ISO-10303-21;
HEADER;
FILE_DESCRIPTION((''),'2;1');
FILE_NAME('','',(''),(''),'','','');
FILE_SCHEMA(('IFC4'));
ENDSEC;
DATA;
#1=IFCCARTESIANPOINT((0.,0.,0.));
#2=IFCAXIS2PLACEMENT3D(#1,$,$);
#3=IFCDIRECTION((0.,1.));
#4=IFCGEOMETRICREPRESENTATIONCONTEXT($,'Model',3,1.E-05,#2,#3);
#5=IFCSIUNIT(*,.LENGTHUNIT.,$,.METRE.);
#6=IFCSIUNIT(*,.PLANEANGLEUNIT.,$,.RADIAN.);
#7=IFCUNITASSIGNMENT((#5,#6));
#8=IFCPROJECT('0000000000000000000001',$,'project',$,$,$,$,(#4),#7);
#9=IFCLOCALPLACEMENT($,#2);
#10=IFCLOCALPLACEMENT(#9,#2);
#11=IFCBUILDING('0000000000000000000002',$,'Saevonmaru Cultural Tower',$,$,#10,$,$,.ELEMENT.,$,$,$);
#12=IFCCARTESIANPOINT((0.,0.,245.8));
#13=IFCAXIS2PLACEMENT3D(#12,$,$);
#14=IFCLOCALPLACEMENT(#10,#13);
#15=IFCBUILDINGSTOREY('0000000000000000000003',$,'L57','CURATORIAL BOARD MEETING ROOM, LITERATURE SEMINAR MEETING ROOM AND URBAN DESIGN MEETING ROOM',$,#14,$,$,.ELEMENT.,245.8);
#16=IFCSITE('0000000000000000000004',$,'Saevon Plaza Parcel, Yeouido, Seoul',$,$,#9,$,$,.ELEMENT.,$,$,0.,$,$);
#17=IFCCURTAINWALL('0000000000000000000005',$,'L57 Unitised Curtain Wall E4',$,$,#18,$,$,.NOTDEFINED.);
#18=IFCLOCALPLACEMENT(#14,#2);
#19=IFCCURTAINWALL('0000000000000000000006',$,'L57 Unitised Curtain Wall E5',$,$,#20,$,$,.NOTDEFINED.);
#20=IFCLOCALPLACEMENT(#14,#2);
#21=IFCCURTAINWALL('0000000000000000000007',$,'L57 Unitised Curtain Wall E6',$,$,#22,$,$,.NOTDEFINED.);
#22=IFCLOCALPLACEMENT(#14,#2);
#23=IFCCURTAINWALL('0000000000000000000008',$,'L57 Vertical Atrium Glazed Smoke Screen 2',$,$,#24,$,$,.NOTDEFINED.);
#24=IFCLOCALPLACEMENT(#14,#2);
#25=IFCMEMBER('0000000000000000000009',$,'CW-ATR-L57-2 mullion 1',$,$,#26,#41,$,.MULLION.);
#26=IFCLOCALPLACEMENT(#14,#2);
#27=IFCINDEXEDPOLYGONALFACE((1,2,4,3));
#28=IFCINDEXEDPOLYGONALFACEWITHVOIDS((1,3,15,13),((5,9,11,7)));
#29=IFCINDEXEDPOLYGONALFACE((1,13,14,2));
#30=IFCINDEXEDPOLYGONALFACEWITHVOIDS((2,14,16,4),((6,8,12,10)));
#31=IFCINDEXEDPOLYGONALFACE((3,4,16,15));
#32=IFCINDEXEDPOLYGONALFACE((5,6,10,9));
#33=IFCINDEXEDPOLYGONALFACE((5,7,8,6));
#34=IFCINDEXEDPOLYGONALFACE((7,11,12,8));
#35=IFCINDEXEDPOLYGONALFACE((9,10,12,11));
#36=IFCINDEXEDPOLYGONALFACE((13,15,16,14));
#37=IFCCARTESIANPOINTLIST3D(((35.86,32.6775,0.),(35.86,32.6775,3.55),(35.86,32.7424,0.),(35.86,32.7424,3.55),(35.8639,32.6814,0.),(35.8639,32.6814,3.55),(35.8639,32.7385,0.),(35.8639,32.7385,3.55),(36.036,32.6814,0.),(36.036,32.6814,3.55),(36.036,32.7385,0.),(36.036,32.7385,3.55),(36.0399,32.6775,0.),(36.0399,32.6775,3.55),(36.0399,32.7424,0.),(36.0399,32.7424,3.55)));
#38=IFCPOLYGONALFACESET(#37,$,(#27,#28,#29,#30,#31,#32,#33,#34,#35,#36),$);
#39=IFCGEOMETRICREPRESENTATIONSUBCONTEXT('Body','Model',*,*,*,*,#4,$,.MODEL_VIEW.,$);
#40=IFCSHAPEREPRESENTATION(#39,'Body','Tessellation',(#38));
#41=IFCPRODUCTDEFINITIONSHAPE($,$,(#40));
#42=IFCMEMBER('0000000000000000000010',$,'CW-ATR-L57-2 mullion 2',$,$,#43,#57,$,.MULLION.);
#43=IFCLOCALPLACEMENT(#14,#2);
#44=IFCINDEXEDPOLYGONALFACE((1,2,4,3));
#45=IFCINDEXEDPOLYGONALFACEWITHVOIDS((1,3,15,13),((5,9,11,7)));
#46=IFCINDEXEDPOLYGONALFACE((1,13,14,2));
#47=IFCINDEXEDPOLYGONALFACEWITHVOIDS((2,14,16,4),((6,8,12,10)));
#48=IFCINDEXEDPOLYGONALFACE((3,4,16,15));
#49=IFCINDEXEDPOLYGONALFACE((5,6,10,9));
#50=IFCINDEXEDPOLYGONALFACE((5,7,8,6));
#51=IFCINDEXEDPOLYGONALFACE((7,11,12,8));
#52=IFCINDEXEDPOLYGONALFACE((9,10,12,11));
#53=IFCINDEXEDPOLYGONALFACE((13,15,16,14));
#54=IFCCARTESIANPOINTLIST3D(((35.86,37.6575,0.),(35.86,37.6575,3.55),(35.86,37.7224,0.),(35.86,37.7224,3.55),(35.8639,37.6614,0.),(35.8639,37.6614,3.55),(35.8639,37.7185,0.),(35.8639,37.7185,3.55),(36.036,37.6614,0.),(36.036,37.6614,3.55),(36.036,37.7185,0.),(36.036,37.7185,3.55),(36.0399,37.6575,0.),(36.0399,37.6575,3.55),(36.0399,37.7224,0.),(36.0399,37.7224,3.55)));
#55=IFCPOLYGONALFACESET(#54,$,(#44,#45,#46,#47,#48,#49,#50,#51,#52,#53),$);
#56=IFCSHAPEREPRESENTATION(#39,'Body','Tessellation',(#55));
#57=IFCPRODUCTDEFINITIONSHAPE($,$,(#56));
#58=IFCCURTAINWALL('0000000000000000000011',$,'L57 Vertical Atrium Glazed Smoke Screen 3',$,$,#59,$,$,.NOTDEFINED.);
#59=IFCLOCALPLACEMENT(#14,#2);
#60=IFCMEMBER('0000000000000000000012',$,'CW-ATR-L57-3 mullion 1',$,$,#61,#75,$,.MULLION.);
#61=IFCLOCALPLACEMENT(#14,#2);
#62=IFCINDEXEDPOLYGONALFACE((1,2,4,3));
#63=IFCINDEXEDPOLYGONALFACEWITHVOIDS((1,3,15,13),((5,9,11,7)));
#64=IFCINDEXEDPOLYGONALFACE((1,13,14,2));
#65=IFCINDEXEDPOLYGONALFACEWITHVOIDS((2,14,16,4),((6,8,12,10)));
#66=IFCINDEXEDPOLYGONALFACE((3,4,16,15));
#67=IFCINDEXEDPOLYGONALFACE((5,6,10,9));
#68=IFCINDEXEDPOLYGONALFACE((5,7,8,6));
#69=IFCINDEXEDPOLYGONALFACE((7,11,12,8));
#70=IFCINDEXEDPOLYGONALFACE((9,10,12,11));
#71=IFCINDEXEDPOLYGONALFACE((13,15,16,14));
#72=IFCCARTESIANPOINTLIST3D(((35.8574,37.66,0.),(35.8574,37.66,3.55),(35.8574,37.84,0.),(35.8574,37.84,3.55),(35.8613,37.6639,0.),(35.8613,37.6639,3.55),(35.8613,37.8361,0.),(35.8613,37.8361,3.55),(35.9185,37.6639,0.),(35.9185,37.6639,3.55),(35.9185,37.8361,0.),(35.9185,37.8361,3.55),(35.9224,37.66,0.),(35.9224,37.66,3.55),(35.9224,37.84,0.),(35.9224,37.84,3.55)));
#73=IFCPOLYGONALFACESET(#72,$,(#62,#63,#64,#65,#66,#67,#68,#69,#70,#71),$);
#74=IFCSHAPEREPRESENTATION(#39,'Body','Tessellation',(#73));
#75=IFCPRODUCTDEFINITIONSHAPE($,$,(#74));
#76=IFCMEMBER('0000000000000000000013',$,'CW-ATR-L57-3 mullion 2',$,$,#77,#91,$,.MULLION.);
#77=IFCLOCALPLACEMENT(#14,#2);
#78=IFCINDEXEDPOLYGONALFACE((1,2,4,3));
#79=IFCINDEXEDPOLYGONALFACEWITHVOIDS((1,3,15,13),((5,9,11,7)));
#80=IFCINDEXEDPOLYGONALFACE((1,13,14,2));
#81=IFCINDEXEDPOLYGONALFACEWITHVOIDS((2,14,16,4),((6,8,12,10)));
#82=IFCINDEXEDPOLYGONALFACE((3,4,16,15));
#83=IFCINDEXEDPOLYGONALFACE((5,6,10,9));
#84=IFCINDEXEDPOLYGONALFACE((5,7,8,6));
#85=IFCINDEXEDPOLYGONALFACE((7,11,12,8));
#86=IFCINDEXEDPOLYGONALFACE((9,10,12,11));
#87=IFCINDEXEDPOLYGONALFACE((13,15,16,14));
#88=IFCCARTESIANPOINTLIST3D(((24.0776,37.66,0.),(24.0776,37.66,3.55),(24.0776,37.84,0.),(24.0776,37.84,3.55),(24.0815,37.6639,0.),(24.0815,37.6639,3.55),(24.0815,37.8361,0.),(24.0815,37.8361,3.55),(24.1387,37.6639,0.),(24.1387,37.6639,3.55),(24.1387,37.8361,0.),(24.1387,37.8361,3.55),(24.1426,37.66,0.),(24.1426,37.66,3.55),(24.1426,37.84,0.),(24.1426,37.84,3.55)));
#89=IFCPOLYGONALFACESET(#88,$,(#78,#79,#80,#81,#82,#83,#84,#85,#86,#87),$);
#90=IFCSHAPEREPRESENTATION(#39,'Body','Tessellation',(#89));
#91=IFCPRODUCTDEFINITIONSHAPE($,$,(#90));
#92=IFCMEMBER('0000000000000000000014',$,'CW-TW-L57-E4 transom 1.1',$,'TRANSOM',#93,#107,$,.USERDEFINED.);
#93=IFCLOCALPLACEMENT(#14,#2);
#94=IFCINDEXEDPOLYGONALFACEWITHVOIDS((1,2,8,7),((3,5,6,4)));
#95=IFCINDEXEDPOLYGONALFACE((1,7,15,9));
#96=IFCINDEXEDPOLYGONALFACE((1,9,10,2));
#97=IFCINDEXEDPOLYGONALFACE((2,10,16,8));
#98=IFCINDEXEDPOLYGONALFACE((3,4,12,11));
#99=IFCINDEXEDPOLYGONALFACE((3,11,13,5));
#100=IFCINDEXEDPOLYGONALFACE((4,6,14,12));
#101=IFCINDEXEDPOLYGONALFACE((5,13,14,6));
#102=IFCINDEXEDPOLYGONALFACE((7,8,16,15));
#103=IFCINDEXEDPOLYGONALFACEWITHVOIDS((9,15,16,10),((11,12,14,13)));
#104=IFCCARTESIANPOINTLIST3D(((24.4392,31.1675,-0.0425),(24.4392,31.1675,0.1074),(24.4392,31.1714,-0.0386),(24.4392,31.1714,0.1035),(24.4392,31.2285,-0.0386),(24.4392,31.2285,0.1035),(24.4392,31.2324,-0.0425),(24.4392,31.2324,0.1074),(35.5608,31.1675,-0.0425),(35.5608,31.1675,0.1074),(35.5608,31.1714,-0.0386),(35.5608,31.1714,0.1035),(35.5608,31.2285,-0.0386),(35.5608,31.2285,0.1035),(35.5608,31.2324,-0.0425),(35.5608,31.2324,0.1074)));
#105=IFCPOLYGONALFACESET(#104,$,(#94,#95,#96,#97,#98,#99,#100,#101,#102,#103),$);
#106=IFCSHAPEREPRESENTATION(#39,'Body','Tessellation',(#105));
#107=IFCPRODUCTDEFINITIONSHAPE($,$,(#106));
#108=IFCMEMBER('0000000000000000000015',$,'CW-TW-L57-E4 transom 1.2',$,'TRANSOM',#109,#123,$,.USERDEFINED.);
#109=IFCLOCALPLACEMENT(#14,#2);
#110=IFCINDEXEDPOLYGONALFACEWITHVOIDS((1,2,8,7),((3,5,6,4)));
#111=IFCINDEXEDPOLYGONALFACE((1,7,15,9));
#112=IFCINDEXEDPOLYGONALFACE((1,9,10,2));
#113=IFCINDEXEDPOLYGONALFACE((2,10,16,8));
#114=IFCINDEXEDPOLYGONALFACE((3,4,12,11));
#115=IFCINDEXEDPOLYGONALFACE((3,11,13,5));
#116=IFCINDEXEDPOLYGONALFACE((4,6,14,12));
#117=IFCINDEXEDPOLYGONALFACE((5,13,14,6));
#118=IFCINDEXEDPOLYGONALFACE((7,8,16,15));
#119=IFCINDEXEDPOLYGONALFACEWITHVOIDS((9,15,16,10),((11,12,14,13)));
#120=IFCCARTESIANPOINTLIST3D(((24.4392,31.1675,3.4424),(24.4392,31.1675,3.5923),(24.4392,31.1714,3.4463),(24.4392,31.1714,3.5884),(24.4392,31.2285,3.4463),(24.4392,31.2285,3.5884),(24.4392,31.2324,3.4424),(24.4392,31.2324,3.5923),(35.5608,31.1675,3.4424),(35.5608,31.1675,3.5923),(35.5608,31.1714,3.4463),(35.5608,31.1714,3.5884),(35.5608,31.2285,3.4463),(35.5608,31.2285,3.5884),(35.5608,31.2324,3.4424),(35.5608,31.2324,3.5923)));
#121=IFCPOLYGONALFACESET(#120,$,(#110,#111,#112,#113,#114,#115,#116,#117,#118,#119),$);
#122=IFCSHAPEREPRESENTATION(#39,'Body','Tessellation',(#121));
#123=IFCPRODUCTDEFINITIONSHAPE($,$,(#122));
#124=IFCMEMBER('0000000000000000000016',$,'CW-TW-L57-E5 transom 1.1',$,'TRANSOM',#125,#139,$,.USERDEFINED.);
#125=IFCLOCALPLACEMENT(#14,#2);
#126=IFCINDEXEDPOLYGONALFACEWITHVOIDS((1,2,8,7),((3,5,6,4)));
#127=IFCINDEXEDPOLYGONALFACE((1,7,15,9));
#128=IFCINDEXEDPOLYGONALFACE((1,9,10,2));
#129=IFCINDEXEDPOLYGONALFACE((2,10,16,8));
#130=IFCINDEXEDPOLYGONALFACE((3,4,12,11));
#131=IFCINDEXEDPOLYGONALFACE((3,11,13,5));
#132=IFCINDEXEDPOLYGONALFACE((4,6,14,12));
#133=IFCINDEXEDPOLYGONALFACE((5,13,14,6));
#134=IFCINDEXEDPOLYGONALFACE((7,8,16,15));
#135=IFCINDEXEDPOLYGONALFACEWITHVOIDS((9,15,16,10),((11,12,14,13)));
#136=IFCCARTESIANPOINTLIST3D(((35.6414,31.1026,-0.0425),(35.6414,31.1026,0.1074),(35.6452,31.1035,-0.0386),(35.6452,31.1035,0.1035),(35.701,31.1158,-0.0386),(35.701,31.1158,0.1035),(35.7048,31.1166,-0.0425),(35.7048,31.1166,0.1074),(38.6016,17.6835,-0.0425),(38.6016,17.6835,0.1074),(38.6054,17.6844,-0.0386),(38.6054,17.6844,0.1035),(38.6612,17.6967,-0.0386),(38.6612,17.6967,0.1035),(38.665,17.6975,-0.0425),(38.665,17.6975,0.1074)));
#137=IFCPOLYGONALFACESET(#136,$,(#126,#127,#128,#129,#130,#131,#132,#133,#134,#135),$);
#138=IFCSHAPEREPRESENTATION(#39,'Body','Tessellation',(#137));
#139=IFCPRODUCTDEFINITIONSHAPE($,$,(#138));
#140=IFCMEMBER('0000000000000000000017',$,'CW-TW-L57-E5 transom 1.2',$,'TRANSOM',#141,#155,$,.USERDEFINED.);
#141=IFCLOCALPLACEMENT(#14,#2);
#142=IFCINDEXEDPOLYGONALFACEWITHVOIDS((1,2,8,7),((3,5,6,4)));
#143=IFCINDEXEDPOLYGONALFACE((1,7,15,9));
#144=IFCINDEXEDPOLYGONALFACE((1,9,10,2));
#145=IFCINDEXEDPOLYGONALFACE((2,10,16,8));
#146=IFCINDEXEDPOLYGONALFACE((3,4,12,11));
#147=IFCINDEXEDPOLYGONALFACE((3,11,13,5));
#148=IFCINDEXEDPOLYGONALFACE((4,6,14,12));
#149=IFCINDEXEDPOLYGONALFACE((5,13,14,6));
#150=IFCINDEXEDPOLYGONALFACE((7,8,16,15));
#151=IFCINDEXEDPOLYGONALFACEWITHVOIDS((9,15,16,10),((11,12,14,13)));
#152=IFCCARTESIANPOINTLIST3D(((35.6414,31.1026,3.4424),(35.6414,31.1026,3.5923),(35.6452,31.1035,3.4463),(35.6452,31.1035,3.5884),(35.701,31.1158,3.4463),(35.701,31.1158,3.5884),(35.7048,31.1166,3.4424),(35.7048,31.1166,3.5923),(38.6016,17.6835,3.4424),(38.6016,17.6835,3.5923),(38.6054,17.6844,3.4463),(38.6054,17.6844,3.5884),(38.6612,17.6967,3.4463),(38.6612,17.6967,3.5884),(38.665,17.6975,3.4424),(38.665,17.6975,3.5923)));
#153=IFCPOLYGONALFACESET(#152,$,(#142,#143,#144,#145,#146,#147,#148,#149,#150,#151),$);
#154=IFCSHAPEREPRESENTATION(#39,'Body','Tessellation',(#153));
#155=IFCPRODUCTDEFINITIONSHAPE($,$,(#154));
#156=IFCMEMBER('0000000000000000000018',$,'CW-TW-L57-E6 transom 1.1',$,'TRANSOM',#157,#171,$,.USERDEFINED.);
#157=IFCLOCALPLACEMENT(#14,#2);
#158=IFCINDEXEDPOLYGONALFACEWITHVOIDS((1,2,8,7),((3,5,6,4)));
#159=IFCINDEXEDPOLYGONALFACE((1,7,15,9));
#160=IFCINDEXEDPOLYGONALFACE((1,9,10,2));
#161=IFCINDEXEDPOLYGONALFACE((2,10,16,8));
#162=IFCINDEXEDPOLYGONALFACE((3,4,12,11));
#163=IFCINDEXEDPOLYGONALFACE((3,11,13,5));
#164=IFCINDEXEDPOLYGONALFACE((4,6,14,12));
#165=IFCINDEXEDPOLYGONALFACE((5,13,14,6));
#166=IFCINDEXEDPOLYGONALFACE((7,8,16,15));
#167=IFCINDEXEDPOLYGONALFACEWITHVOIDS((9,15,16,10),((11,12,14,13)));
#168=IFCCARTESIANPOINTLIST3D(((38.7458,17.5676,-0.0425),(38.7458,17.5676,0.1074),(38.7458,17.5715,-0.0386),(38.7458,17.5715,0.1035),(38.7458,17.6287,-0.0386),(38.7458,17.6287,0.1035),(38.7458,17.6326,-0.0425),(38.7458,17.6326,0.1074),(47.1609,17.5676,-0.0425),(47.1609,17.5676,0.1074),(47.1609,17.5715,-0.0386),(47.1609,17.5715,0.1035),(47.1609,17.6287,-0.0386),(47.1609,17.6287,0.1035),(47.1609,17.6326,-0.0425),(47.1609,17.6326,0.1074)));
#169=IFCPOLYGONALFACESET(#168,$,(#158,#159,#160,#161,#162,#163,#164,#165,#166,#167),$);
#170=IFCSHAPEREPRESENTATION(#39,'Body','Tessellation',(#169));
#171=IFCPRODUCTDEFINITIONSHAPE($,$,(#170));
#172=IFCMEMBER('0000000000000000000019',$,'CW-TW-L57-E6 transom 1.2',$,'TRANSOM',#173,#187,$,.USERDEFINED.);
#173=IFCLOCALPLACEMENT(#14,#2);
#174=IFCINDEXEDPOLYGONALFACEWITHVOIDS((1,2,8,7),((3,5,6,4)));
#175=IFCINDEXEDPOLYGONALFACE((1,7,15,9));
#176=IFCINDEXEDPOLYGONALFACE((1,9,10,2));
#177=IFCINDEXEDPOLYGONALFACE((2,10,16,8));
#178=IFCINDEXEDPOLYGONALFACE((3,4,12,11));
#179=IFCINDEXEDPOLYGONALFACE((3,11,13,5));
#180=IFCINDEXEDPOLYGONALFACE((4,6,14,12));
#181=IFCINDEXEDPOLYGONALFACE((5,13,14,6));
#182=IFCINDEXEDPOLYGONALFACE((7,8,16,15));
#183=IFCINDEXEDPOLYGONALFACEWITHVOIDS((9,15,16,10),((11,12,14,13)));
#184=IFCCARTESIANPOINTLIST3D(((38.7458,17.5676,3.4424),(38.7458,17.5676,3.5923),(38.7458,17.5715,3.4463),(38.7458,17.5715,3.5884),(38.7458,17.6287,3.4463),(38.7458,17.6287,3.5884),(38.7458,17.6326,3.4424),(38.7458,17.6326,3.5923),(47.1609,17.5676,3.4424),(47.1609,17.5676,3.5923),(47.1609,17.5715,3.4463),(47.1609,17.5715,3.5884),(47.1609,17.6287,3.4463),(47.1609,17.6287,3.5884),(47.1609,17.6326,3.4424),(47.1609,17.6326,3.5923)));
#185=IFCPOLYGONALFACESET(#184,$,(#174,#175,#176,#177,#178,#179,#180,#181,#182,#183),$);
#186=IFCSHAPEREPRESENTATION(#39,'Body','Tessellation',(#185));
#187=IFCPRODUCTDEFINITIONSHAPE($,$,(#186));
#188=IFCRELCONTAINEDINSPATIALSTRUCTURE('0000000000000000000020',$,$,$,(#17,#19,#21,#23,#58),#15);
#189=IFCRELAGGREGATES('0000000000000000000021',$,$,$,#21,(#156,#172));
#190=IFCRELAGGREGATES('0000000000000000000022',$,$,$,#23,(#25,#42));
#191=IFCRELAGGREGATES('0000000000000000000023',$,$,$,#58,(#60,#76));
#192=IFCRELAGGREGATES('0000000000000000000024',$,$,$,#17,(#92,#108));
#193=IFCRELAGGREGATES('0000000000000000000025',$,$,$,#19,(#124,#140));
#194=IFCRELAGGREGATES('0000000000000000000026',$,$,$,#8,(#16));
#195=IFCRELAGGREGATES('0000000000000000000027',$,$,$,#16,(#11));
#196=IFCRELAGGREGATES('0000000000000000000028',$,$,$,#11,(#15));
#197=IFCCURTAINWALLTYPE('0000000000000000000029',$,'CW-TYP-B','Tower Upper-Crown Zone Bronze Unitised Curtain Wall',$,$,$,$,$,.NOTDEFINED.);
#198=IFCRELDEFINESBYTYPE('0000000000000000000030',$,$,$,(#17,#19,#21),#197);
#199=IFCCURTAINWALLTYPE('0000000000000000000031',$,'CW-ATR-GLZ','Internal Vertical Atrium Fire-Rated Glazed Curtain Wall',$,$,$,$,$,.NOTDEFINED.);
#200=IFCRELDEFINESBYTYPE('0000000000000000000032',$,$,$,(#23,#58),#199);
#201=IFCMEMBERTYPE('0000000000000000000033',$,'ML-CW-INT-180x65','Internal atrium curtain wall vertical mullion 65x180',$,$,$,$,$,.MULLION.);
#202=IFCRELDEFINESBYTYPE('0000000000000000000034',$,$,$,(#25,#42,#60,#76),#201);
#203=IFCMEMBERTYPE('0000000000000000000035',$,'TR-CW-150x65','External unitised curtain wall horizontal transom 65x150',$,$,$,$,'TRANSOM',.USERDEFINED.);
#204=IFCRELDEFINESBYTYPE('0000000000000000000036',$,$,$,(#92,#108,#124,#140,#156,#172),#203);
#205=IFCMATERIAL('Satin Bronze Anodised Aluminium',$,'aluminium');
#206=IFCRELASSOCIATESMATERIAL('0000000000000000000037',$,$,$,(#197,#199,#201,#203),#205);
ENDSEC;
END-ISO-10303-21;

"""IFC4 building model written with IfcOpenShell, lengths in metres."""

from ifc_helpers import new_model, si_unit, direction, frame, origin, origin_2d, place, context, subcontext, project, spatial, hollow_rectangle, extrude, material, material_profile, profile_set, type_object, element, aggregate, save


model = new_model("IFC4")

# Units and contexts
model_context = context("Model", 3, precision=1e-05, world=origin(), true_north=direction((0.0, 1.0)))
body_context = subcontext(model_context, "Body", "Model", "MODEL_VIEW")
ifc_project = project(units=[si_unit("LENGTHUNIT", "METRE"), si_unit("PLANEANGLEUNIT", "RADIAN")], contexts=[model_context])

# Site, building, storey
site_placement = place(None, origin())
site = spatial("IfcSite", under=ifc_project, at=site_placement, Name="Saevon Plaza Parcel, Yeouido, Seoul", CompositionType="ELEMENT", RefElevation=0.0)
building_placement = place(site_placement, origin())
building = spatial("IfcBuilding", under=site, at=building_placement, Name="Saevonmaru Cultural Tower", CompositionType="ELEMENT")
storey_placement = place(building_placement, frame((0.0, 0.0, 245.8)))
storey = spatial("IfcBuildingStorey", under=building, at=storey_placement, Name="L57", Description="CURATORIAL BOARD MEETING ROOM, LITERATURE SEMINAR MEETING ROOM AND URBAN DESIGN MEETING ROOM", CompositionType="ELEMENT", Elevation=245.8)

# Shared definitions
ifc_material_1 = material(Name="Satin Bronze Anodised Aluminium", Category="aluminium")
curtain_wall_type_1 = type_object("IfcCurtainWallType", Name="CW-TYP-B", Description="Tower Upper-Crown Zone Bronze Unitised Curtain Wall", PredefinedType="NOTDEFINED", material=ifc_material_1)

# Curtain walls
curtain_wall_1_placement = place(storey_placement, origin())
curtain_wall_1 = element("IfcCurtainWall", 1, at=curtain_wall_1_placement, inside=storey, type_object=curtain_wall_type_1, Name="L57 Unitised Curtain Wall E4", PredefinedType="NOTDEFINED")
curtain_wall_2_placement = place(storey_placement, origin())
curtain_wall_2 = element("IfcCurtainWall", 2, at=curtain_wall_2_placement, inside=storey, type_object=curtain_wall_type_1, Name="L57 Unitised Curtain Wall E5", PredefinedType="NOTDEFINED")

# Curtain wall
curtain_wall_3_placement = place(storey_placement, origin())
curtain_wall_3 = element("IfcCurtainWall", 3, at=curtain_wall_3_placement, inside=storey, type_object=curtain_wall_type_1, Name="L57 Unitised Curtain Wall E6", PredefinedType="NOTDEFINED")

# Curtain walls, members
curtain_wall_type_2 = type_object("IfcCurtainWallType", Name="CW-ATR-GLZ", Description="Internal Vertical Atrium Fire-Rated Glazed Curtain Wall", PredefinedType="NOTDEFINED", material=ifc_material_1)
ifc_material_profile_1 = material_profile(ifc_material_1, hollow_rectangle(XDim=0.0649, YDim=0.1799, WallThickness=0.0039, at=origin_2d()), Name="ALU-MULL-180x65x4")
ifc_profile_set_1 = profile_set([ifc_material_profile_1], Name="Satin Bronze Anodised Aluminium")
member_type_1 = type_object("IfcMemberType", Name="ML-CW-INT-180x65", Description="Internal atrium curtain wall vertical mullion 65x180", PredefinedType="MULLION", material=ifc_profile_set_1)
curtain_wall_4_placement = place(storey_placement, origin())
curtain_wall_4 = element("IfcCurtainWall", 4, at=curtain_wall_4_placement, inside=storey, type_object=curtain_wall_type_2, Name="L57 Vertical Atrium Glazed Smoke Screen 2", PredefinedType="NOTDEFINED")
member_1_placement = place(storey_placement, frame((35.95, 32.71, 0.0), z_axis=(0.0, 0.0, 1.0), x_axis=(0.0, 1.0, 0.0)))
member_1 = element("IfcMember", 5, at=member_1_placement, type_object=member_type_1, Name="CW-ATR-L57-2 mullion 1", PredefinedType="MULLION", context=body_context, shape_type="SweptSolid", body=[
    extrude(hollow_rectangle(XDim=0.0649, YDim=0.1799, WallThickness=0.0039, at=origin_2d()), origin(), (0.0, 0.0, 1.0), 3.55),
])
member_2_placement = place(storey_placement, frame((35.95, 37.6899, 0.0), z_axis=(0.0, 0.0, 1.0), x_axis=(0.0, 1.0, 0.0)))
member_2 = element("IfcMember", 6, at=member_2_placement, type_object=member_type_1, Name="CW-ATR-L57-2 mullion 2", PredefinedType="MULLION", context=body_context, shape_type="SweptSolid", body=[
    extrude(hollow_rectangle(XDim=0.0649, YDim=0.1799, WallThickness=0.0039, at=origin_2d()), origin(), (0.0, 0.0, 1.0), 3.55),
])
curtain_wall_5_placement = place(storey_placement, origin())
curtain_wall_5 = element("IfcCurtainWall", 7, at=curtain_wall_5_placement, inside=storey, type_object=curtain_wall_type_2, Name="L57 Vertical Atrium Glazed Smoke Screen 3", PredefinedType="NOTDEFINED")
member_3_placement = place(storey_placement, frame((35.8899, 37.75, 0.0), z_axis=(0.0, 0.0, 1.0), x_axis=(-1.0, 0.0, 0.0)))
member_3 = element("IfcMember", 8, at=member_3_placement, type_object=member_type_1, Name="CW-ATR-L57-3 mullion 1", PredefinedType="MULLION", context=body_context, shape_type="SweptSolid", body=[
    extrude(hollow_rectangle(XDim=0.0649, YDim=0.1799, WallThickness=0.0039, at=origin_2d()), origin(), (0.0, 0.0, 1.0), 3.55),
])
member_4_placement = place(storey_placement, frame((24.1101, 37.75, 0.0), z_axis=(0.0, 0.0, 1.0), x_axis=(-1.0, 0.0, 0.0)))
member_4 = element("IfcMember", 9, at=member_4_placement, type_object=member_type_1, Name="CW-ATR-L57-3 mullion 2", PredefinedType="MULLION", context=body_context, shape_type="SweptSolid", body=[
    extrude(hollow_rectangle(XDim=0.0649, YDim=0.1799, WallThickness=0.0039, at=origin_2d()), origin(), (0.0, 0.0, 1.0), 3.55),
])

# Members
ifc_material_profile_2 = material_profile(ifc_material_1, hollow_rectangle(XDim=0.0649, YDim=0.1499, WallThickness=0.0039, at=origin_2d()), Name="ALU-TRAN-150x65x4")
ifc_profile_set_2 = profile_set([ifc_material_profile_2], Name="Satin Bronze Anodised Aluminium")
member_type_2 = type_object("IfcMemberType", Name="TR-CW-150x65", Description="External unitised curtain wall horizontal transom 65x150", ElementType="TRANSOM", PredefinedType="USERDEFINED", material=ifc_profile_set_2)
member_5_placement = place(storey_placement, frame((24.4392, 31.2, 0.0325), z_axis=(1.0, 0.0, 0.0), x_axis=(0.0, 1.0, 0.0)))
member_5 = element("IfcMember", 10, at=member_5_placement, type_object=member_type_2, Name="CW-TW-L57-E4 transom 1.1", ObjectType="TRANSOM", PredefinedType="USERDEFINED", context=body_context, shape_type="SweptSolid", body=[
    extrude(hollow_rectangle(XDim=0.0649, YDim=0.1499, WallThickness=0.0039, at=origin_2d()), origin(), (0.0, 0.0, 1.0), 11.1216),
])
member_6_placement = place(storey_placement, frame((24.4392, 31.2, 3.5173), z_axis=(1.0, 0.0, 0.0), x_axis=(0.0, 1.0, 0.0)))
member_6 = element("IfcMember", 11, at=member_6_placement, type_object=member_type_2, Name="CW-TW-L57-E4 transom 1.2", ObjectType="TRANSOM", PredefinedType="USERDEFINED", context=body_context, shape_type="SweptSolid", body=[
    extrude(hollow_rectangle(XDim=0.0649, YDim=0.1499, WallThickness=0.0039, at=origin_2d()), origin(), (0.0, 0.0, 1.0), 11.1216),
])
member_7_placement = place(storey_placement, frame((35.6731, 31.1096, 0.0325), z_axis=(0.215416, -0.976522, 0.0), x_axis=(0.976522, 0.215416, 0.0)))
member_7 = element("IfcMember", 12, at=member_7_placement, type_object=member_type_2, Name="CW-TW-L57-E5 transom 1.1", ObjectType="TRANSOM", PredefinedType="USERDEFINED", context=body_context, shape_type="SweptSolid", body=[
    extrude(hollow_rectangle(XDim=0.0649, YDim=0.1499, WallThickness=0.0039, at=origin_2d()), origin(), (0.0, 0.0, 1.0), 13.7417),
])
member_8_placement = place(storey_placement, frame((35.6731, 31.1096, 3.5173), z_axis=(0.215416, -0.976522, 0.0), x_axis=(0.976522, 0.215416, 0.0)))
member_8 = element("IfcMember", 13, at=member_8_placement, type_object=member_type_2, Name="CW-TW-L57-E5 transom 1.2", ObjectType="TRANSOM", PredefinedType="USERDEFINED", context=body_context, shape_type="SweptSolid", body=[
    extrude(hollow_rectangle(XDim=0.0649, YDim=0.1499, WallThickness=0.0039, at=origin_2d()), origin(), (0.0, 0.0, 1.0), 13.7417),
])
member_9_placement = place(storey_placement, frame((38.7458, 17.6001, 0.0325), z_axis=(1.0, 0.0, 0.0), x_axis=(0.0, 1.0, 0.0)))
member_9 = element("IfcMember", 14, at=member_9_placement, type_object=member_type_2, Name="CW-TW-L57-E6 transom 1.1", ObjectType="TRANSOM", PredefinedType="USERDEFINED", context=body_context, shape_type="SweptSolid", body=[
    extrude(hollow_rectangle(XDim=0.0649, YDim=0.1499, WallThickness=0.0039, at=origin_2d()), origin(), (0.0, 0.0, 1.0), 8.415),
])
member_10_placement = place(storey_placement, frame((38.7458, 17.6001, 3.5173), z_axis=(1.0, 0.0, 0.0), x_axis=(0.0, 1.0, 0.0)))
member_10 = element("IfcMember", 15, at=member_10_placement, type_object=member_type_2, Name="CW-TW-L57-E6 transom 1.2", ObjectType="TRANSOM", PredefinedType="USERDEFINED", context=body_context, shape_type="SweptSolid", body=[
    extrude(hollow_rectangle(XDim=0.0649, YDim=0.1499, WallThickness=0.0039, at=origin_2d()), origin(), (0.0, 0.0, 1.0), 8.415),
])
aggregate(curtain_wall_3, [member_9, member_10])

aggregate(curtain_wall_4, [member_1, member_2])
aggregate(curtain_wall_5, [member_3, member_4])
aggregate(curtain_wall_1, [member_5, member_6])
aggregate(curtain_wall_2, [member_7, member_8])

save(model, "model.ifc")
